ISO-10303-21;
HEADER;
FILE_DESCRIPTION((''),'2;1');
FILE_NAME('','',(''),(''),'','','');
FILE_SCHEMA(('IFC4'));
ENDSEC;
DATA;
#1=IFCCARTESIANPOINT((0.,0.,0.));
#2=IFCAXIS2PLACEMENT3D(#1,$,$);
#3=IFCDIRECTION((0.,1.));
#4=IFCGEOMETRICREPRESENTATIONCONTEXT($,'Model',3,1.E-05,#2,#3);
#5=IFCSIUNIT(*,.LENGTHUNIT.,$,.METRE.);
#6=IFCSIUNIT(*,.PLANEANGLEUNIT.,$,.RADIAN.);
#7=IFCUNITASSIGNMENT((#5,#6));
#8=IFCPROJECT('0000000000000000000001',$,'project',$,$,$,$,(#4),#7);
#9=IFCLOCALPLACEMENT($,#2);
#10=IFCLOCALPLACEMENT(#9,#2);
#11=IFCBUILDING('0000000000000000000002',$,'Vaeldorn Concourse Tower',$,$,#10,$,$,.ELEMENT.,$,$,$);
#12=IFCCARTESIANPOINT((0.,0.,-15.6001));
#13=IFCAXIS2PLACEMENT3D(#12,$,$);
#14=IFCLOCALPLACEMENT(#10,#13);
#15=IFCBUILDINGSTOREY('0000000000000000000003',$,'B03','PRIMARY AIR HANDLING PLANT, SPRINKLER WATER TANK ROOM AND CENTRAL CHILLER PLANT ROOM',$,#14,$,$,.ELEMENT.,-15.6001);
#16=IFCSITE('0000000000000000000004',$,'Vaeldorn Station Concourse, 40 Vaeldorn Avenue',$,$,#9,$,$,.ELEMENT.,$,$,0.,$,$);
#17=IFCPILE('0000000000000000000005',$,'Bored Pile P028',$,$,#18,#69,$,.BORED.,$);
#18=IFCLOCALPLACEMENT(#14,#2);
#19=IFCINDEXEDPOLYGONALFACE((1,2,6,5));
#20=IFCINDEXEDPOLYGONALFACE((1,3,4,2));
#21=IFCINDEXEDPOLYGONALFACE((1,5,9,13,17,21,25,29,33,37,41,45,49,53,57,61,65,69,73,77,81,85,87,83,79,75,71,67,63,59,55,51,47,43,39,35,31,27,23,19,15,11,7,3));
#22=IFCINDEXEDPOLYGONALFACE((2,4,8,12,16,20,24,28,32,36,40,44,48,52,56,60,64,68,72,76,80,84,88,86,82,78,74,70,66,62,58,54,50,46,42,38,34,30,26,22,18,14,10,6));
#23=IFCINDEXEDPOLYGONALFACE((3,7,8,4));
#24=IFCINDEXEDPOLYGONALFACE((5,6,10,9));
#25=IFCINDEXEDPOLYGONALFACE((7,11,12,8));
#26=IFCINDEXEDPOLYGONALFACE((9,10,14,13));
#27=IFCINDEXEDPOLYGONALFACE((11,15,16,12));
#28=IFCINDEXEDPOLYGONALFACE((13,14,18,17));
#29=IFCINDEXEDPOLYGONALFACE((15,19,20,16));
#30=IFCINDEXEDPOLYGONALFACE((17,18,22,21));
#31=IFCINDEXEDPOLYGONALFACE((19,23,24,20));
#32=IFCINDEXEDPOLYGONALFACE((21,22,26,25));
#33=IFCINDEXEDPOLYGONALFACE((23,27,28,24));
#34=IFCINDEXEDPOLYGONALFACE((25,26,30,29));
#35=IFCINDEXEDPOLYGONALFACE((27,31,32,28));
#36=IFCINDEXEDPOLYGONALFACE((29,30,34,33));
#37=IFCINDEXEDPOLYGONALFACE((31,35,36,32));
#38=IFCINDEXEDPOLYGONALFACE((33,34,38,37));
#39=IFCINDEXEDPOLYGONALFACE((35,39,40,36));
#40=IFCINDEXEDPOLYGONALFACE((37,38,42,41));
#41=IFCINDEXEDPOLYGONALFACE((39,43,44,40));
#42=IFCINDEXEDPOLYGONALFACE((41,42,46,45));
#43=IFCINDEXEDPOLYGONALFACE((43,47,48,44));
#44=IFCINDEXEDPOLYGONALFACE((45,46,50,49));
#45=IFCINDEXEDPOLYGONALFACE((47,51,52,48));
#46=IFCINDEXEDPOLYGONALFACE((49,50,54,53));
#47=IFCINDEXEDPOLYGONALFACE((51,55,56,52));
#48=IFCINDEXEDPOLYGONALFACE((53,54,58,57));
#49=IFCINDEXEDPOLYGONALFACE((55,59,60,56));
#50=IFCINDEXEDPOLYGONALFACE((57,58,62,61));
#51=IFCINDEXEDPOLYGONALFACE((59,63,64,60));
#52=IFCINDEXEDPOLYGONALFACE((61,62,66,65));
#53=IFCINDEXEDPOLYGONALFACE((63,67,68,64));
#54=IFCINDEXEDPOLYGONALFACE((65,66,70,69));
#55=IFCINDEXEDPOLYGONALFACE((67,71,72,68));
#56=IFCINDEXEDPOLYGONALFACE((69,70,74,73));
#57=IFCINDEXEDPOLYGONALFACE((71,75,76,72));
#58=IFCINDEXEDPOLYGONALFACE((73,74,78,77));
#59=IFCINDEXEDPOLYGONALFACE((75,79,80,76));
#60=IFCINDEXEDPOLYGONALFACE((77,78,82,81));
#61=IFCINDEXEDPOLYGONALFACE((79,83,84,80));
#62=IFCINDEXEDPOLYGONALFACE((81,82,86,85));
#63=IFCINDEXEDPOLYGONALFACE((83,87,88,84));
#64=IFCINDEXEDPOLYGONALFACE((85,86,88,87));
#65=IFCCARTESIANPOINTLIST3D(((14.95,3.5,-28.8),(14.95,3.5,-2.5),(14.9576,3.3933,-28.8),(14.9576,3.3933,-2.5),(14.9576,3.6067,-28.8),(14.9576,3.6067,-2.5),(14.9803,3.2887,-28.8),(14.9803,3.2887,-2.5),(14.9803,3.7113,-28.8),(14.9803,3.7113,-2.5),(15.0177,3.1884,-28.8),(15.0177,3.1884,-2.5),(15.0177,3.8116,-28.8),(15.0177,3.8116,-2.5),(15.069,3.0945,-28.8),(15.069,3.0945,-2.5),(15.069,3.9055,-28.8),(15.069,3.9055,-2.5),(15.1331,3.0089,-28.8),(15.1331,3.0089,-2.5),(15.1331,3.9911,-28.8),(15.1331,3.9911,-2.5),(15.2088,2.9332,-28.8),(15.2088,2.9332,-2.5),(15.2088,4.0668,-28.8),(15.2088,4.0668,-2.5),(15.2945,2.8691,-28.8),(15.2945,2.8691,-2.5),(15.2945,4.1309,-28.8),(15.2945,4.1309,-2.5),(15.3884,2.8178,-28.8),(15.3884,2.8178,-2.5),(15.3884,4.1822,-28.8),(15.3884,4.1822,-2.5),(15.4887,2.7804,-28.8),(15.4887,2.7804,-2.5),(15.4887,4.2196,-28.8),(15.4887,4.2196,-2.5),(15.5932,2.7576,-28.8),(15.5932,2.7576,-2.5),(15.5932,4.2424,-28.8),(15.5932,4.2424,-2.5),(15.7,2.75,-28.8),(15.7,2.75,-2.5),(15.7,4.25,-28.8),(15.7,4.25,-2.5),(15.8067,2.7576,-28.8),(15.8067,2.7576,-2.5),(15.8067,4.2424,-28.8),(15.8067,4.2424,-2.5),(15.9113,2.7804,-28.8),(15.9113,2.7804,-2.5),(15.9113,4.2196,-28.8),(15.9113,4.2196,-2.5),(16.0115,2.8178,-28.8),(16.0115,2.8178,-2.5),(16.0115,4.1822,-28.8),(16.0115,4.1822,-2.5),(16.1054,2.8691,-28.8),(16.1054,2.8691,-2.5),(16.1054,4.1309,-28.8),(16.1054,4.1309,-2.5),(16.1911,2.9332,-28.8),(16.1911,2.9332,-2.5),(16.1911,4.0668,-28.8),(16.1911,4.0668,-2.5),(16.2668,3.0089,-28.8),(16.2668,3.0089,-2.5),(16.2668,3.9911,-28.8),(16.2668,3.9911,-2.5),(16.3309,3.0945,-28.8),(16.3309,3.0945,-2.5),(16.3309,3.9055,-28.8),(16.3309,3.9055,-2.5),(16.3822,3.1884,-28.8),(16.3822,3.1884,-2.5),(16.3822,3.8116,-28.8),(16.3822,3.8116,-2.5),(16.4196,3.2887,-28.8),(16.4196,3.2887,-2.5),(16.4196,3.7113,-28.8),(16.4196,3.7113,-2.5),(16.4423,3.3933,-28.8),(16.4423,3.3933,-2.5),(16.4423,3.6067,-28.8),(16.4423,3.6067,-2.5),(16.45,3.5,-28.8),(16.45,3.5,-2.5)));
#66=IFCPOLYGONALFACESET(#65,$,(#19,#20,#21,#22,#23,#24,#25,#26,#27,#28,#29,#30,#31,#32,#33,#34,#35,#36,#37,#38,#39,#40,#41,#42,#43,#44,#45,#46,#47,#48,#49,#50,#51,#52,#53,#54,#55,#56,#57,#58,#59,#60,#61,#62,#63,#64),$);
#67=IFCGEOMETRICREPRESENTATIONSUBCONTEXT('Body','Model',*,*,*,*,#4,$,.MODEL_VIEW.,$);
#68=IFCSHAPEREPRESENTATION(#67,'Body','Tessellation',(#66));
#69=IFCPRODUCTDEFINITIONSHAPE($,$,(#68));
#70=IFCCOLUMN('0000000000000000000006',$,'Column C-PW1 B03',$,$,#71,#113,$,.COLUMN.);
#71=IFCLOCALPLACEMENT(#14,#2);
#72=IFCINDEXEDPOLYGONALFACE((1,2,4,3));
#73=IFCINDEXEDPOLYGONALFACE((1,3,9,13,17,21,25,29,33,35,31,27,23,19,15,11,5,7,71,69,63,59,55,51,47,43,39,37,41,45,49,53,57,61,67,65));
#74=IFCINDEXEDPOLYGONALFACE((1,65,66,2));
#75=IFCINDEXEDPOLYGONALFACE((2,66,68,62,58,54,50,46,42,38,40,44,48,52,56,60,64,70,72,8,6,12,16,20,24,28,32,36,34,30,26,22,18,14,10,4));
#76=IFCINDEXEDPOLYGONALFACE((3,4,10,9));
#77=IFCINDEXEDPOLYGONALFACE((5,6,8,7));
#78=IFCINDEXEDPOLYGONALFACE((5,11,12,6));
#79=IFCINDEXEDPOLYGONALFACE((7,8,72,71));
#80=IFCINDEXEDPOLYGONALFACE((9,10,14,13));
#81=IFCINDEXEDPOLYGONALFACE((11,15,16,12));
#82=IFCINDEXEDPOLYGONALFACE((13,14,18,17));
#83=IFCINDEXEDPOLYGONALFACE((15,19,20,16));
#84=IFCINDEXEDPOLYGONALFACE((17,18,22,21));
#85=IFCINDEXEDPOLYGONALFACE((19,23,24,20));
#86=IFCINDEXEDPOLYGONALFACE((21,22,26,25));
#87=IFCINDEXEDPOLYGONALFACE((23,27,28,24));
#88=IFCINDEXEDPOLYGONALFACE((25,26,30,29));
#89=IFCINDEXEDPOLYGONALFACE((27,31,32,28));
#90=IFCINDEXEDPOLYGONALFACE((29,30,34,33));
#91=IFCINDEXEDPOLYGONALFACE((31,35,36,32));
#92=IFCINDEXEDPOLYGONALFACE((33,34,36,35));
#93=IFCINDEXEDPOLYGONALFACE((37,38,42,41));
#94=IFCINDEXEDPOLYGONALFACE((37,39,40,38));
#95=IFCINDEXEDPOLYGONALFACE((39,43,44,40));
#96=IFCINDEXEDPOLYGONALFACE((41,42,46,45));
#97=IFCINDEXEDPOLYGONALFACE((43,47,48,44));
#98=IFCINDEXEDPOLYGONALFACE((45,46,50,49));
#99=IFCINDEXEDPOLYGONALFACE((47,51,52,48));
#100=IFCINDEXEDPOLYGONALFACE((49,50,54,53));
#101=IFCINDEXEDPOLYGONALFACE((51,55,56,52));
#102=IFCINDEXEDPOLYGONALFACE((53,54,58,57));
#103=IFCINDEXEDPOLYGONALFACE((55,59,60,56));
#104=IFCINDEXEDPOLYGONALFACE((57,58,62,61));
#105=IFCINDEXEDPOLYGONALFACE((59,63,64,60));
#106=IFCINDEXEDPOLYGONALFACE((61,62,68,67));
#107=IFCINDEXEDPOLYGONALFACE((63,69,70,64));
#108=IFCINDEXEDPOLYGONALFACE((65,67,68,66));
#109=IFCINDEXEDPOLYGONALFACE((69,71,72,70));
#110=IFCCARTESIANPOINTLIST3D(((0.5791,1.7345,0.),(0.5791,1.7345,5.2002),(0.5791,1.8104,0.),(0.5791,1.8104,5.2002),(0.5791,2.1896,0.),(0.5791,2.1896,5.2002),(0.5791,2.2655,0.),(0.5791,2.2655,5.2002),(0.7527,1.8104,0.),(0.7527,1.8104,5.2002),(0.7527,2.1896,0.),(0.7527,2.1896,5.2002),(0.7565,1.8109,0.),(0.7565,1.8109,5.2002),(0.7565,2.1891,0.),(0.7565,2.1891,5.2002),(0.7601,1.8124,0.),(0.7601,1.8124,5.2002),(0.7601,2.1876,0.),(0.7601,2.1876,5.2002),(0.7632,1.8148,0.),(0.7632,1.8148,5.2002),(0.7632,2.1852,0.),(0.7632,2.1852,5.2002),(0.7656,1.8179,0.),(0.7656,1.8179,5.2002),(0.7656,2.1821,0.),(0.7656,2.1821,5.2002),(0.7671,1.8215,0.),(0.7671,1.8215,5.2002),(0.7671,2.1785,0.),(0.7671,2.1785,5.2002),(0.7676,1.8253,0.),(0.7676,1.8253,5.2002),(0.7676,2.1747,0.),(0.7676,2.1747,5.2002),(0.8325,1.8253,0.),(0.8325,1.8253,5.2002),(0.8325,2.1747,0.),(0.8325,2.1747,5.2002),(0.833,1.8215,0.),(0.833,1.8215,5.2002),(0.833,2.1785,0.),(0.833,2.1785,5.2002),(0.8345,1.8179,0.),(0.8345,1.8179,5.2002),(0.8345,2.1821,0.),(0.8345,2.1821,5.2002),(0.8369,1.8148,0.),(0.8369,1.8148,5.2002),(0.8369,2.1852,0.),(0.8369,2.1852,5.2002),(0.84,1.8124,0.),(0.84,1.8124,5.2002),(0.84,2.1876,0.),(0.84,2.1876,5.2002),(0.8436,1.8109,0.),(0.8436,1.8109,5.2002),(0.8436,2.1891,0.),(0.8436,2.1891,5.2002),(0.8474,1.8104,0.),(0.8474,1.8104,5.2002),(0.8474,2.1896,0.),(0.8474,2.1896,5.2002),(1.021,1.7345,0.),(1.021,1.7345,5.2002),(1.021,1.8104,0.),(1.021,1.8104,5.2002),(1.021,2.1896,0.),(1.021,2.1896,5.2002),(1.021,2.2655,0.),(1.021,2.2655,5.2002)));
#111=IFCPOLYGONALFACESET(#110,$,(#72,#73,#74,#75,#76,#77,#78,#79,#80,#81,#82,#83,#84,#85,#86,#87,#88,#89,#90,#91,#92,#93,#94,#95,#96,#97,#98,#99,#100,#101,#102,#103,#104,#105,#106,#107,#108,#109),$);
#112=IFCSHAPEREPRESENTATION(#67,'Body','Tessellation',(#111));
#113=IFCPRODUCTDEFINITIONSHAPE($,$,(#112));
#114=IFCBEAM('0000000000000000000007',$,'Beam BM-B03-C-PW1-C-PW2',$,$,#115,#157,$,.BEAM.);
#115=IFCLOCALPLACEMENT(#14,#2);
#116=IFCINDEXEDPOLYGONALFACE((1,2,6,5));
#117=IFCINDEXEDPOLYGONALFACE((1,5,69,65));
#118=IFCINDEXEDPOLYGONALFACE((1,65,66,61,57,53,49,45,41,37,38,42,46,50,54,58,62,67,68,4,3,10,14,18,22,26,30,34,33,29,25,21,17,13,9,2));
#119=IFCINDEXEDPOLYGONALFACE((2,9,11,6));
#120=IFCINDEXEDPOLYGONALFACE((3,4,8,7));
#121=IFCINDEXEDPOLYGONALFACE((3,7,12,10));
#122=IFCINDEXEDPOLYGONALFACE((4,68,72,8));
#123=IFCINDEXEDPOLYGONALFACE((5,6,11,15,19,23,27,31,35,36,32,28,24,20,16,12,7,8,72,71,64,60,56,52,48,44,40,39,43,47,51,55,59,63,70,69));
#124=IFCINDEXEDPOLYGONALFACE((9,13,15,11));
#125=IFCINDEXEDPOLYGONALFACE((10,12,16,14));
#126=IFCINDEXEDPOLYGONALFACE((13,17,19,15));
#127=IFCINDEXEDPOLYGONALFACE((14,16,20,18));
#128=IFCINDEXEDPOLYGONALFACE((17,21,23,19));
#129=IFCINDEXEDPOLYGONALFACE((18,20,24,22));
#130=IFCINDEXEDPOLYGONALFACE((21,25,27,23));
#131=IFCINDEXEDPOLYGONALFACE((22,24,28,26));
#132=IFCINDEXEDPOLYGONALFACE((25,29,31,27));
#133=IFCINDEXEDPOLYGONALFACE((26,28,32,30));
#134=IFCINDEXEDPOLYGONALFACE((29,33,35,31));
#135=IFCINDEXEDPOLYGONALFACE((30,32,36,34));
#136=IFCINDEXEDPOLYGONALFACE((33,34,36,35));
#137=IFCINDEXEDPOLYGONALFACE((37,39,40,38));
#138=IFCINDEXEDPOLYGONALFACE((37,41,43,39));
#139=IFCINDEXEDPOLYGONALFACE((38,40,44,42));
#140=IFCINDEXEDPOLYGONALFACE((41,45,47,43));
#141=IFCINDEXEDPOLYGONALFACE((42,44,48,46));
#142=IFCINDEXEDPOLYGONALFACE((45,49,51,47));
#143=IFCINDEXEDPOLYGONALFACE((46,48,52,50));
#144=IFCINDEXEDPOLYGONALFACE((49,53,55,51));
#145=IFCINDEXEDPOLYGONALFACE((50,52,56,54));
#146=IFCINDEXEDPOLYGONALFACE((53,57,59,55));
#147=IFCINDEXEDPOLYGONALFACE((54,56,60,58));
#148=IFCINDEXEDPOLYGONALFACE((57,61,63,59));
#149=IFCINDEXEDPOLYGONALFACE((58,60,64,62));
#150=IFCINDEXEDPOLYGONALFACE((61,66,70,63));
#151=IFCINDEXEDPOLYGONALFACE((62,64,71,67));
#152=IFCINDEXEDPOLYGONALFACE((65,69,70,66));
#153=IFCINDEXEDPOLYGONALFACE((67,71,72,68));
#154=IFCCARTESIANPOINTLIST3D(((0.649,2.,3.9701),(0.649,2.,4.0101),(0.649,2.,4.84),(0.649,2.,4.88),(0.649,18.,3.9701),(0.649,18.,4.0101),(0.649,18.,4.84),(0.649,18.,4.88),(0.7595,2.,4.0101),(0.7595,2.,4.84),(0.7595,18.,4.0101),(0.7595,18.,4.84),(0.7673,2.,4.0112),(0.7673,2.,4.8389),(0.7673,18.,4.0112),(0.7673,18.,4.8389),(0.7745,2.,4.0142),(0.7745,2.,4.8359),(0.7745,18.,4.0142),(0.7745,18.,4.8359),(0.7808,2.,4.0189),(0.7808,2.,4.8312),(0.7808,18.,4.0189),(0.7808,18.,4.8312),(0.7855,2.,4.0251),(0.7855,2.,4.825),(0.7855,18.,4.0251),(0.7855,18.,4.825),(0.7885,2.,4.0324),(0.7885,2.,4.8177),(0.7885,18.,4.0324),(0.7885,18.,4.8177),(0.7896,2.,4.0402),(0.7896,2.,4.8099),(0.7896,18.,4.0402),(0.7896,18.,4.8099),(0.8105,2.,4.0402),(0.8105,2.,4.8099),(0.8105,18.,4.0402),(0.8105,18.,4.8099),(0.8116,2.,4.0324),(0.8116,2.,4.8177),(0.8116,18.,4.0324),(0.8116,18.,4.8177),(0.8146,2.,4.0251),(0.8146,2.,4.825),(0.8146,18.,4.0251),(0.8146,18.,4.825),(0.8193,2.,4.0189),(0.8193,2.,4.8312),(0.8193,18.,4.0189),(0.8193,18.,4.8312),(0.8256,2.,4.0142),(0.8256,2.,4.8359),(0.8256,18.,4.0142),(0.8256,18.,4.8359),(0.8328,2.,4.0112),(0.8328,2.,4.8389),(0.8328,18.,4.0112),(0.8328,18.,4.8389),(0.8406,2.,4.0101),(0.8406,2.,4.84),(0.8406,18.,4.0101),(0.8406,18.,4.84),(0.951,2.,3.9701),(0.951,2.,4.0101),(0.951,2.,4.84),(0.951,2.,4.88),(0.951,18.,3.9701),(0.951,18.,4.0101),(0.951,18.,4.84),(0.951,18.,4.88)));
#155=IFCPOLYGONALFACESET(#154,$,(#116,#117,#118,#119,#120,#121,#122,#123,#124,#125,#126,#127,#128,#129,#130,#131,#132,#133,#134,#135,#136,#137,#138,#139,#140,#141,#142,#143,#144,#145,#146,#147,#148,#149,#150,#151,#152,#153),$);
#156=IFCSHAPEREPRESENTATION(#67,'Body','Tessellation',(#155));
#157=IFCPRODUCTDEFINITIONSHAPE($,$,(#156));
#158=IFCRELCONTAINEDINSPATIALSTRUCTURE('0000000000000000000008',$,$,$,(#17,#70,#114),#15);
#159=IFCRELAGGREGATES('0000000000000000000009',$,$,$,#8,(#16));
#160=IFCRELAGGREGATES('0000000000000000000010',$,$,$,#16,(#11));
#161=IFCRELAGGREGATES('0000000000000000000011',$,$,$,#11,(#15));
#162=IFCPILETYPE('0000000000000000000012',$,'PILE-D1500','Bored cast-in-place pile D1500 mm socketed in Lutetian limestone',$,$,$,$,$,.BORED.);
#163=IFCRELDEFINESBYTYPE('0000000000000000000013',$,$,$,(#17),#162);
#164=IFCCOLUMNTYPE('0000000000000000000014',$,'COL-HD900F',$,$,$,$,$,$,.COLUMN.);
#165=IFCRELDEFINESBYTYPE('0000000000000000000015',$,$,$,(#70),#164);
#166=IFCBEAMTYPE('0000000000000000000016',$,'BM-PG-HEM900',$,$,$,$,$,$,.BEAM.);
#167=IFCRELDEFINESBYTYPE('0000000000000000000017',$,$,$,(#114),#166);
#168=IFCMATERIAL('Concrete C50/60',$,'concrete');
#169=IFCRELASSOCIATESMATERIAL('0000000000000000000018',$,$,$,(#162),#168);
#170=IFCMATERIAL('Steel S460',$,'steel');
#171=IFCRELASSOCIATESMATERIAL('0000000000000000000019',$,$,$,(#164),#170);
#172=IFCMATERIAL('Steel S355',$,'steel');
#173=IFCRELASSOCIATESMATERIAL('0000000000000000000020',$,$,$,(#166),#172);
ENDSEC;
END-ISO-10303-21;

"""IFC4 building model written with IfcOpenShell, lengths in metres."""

from ifc_helpers import new_model, si_unit, direction, frame, origin, origin_2d, place, context, subcontext, project, spatial, circle, i_section, extrude, source, transform, mapped, material, material_profile, profile_set, type_object, element, save


model = new_model("IFC4")

# Units and contexts
model_context = context("Model", 3, precision=1e-05, world=origin(), true_north=direction((0.0, 1.0)))
body_context = subcontext(model_context, "Body", "Model", "MODEL_VIEW")
ifc_project = project(units=[si_unit("LENGTHUNIT", "METRE"), si_unit("PLANEANGLEUNIT", "RADIAN")], contexts=[model_context])

# Site, building, storey
site_placement = place(None, origin())
site = spatial("IfcSite", under=ifc_project, at=site_placement, Name="Vaeldorn Station Concourse, 40 Vaeldorn Avenue", CompositionType="ELEMENT", RefElevation=0.0)
building_placement = place(site_placement, origin())
building = spatial("IfcBuilding", under=site, at=building_placement, Name="Vaeldorn Concourse Tower", CompositionType="ELEMENT")
storey_placement = place(building_placement, frame((0.0, 0.0, -15.6001)))
storey = spatial("IfcBuildingStorey", under=building, at=storey_placement, Name="B03", Description="PRIMARY AIR HANDLING PLANT, SPRINKLER WATER TANK ROOM AND CENTRAL CHILLER PLANT ROOM", CompositionType="ELEMENT", Elevation=-15.6001)

# Pile
ifc_material_1 = material(Name="Concrete C50/60", Category="concrete")
ifc_material_profile_1 = material_profile(ifc_material_1, circle(Radius=0.75, at=origin_2d()), Name="BORED PILE D1500")
ifc_profile_set_1 = profile_set([ifc_material_profile_1], Name="Concrete C50/60")
pile_type = type_object("IfcPileType", Name="PILE-D1500", Description="Bored cast-in-place pile D1500 mm socketed in Lutetian limestone", PredefinedType="BORED", material=ifc_profile_set_1)
for number, where, z_axis, x_axis, name in (
    (1, (15.7, 3.5, -2.5), (0.0, 0.0, -1.0), (1.0, 0.0, 0.0), "Bored Pile P028"),
):
    element("IfcPile", number, at=place(storey_placement, frame(where, z_axis=z_axis, x_axis=x_axis)), inside=storey, type_object=pile_type, Name=name, PredefinedType="BORED", context=body_context, shape_type="SweptSolid", body=[
        extrude(circle(Radius=0.75, at=origin_2d()), origin(), (0.0, 0.0, 1.0), 26.3),
    ])

# Column
ifc_material_2 = material(Name="Steel S460", Category="steel")
ifc_material_profile_2 = material_profile(ifc_material_2, i_section(OverallWidth=0.4419, OverallDepth=0.531, WebThickness=0.0649, FlangeThickness=0.0759, FilletRadius=0.0149, at=origin_2d()), Name="HD 400x900")
ifc_profile_set_2 = profile_set([ifc_material_profile_2], Name="Steel S460")
column_type = type_object("IfcColumnType", Name="COL-HD900F", PredefinedType="COLUMN", material=ifc_profile_set_2)
shared_shape_1 = source(origin(), body_context, "Body", "SweptSolid", [
    extrude(i_section(OverallWidth=0.4419, OverallDepth=0.531, WebThickness=0.0649, FlangeThickness=0.0759, FilletRadius=0.0149, at=origin_2d()), origin(), (0.0, 0.0, 1.0), 5.2002),
])
column_placement = place(storey_placement, frame((0.8, 2.0, 0.0), z_axis=(0.0, 0.0, 1.0), x_axis=(1.0, 0.0, 0.0)))
element("IfcColumn", 2, at=column_placement, inside=storey, type_object=column_type, Name="Column C-PW1 B03", PredefinedType="COLUMN", context=body_context, shape_type="MappedRepresentation", body=[
    mapped(shared_shape_1, transform((0.0, 0.0, 0.0), scale=1.0)),
])

# Beam
ifc_material_3 = material(Name="Steel S355", Category="steel")
ifc_material_profile_3 = material_profile(ifc_material_3, i_section(OverallWidth=0.302, OverallDepth=0.9099, WebThickness=0.021, FlangeThickness=0.04, FilletRadius=0.03, at=origin_2d()), Name="HEM 900")
ifc_profile_set_3 = profile_set([ifc_material_profile_3], Name="Steel S355")
beam_type = type_object("IfcBeamType", Name="BM-PG-HEM900", PredefinedType="BEAM", material=ifc_profile_set_3)
shared_shape_2 = source(origin(), body_context, "Body", "SweptSolid", [
    extrude(i_section(OverallWidth=0.302, OverallDepth=0.9099, WebThickness=0.021, FlangeThickness=0.04, FilletRadius=0.03, at=origin_2d()), origin(), (0.0, 0.0, 1.0), 16.0),
])
beam_1_placement = place(storey_placement, frame((0.8, 2.0, 4.425), z_axis=(0.0, 1.0, 0.0), x_axis=(-1.0, 0.0, 0.0)))
element("IfcBeam", 3, at=beam_1_placement, inside=storey, type_object=beam_type, Name="Beam BM-B03-C-PW1-C-PW2", PredefinedType="BEAM", context=body_context, shape_type="MappedRepresentation", body=[
    mapped(shared_shape_2, transform((0.0, 0.0, 0.0), scale=1.0)),
])

save(model, "model.ifc")
